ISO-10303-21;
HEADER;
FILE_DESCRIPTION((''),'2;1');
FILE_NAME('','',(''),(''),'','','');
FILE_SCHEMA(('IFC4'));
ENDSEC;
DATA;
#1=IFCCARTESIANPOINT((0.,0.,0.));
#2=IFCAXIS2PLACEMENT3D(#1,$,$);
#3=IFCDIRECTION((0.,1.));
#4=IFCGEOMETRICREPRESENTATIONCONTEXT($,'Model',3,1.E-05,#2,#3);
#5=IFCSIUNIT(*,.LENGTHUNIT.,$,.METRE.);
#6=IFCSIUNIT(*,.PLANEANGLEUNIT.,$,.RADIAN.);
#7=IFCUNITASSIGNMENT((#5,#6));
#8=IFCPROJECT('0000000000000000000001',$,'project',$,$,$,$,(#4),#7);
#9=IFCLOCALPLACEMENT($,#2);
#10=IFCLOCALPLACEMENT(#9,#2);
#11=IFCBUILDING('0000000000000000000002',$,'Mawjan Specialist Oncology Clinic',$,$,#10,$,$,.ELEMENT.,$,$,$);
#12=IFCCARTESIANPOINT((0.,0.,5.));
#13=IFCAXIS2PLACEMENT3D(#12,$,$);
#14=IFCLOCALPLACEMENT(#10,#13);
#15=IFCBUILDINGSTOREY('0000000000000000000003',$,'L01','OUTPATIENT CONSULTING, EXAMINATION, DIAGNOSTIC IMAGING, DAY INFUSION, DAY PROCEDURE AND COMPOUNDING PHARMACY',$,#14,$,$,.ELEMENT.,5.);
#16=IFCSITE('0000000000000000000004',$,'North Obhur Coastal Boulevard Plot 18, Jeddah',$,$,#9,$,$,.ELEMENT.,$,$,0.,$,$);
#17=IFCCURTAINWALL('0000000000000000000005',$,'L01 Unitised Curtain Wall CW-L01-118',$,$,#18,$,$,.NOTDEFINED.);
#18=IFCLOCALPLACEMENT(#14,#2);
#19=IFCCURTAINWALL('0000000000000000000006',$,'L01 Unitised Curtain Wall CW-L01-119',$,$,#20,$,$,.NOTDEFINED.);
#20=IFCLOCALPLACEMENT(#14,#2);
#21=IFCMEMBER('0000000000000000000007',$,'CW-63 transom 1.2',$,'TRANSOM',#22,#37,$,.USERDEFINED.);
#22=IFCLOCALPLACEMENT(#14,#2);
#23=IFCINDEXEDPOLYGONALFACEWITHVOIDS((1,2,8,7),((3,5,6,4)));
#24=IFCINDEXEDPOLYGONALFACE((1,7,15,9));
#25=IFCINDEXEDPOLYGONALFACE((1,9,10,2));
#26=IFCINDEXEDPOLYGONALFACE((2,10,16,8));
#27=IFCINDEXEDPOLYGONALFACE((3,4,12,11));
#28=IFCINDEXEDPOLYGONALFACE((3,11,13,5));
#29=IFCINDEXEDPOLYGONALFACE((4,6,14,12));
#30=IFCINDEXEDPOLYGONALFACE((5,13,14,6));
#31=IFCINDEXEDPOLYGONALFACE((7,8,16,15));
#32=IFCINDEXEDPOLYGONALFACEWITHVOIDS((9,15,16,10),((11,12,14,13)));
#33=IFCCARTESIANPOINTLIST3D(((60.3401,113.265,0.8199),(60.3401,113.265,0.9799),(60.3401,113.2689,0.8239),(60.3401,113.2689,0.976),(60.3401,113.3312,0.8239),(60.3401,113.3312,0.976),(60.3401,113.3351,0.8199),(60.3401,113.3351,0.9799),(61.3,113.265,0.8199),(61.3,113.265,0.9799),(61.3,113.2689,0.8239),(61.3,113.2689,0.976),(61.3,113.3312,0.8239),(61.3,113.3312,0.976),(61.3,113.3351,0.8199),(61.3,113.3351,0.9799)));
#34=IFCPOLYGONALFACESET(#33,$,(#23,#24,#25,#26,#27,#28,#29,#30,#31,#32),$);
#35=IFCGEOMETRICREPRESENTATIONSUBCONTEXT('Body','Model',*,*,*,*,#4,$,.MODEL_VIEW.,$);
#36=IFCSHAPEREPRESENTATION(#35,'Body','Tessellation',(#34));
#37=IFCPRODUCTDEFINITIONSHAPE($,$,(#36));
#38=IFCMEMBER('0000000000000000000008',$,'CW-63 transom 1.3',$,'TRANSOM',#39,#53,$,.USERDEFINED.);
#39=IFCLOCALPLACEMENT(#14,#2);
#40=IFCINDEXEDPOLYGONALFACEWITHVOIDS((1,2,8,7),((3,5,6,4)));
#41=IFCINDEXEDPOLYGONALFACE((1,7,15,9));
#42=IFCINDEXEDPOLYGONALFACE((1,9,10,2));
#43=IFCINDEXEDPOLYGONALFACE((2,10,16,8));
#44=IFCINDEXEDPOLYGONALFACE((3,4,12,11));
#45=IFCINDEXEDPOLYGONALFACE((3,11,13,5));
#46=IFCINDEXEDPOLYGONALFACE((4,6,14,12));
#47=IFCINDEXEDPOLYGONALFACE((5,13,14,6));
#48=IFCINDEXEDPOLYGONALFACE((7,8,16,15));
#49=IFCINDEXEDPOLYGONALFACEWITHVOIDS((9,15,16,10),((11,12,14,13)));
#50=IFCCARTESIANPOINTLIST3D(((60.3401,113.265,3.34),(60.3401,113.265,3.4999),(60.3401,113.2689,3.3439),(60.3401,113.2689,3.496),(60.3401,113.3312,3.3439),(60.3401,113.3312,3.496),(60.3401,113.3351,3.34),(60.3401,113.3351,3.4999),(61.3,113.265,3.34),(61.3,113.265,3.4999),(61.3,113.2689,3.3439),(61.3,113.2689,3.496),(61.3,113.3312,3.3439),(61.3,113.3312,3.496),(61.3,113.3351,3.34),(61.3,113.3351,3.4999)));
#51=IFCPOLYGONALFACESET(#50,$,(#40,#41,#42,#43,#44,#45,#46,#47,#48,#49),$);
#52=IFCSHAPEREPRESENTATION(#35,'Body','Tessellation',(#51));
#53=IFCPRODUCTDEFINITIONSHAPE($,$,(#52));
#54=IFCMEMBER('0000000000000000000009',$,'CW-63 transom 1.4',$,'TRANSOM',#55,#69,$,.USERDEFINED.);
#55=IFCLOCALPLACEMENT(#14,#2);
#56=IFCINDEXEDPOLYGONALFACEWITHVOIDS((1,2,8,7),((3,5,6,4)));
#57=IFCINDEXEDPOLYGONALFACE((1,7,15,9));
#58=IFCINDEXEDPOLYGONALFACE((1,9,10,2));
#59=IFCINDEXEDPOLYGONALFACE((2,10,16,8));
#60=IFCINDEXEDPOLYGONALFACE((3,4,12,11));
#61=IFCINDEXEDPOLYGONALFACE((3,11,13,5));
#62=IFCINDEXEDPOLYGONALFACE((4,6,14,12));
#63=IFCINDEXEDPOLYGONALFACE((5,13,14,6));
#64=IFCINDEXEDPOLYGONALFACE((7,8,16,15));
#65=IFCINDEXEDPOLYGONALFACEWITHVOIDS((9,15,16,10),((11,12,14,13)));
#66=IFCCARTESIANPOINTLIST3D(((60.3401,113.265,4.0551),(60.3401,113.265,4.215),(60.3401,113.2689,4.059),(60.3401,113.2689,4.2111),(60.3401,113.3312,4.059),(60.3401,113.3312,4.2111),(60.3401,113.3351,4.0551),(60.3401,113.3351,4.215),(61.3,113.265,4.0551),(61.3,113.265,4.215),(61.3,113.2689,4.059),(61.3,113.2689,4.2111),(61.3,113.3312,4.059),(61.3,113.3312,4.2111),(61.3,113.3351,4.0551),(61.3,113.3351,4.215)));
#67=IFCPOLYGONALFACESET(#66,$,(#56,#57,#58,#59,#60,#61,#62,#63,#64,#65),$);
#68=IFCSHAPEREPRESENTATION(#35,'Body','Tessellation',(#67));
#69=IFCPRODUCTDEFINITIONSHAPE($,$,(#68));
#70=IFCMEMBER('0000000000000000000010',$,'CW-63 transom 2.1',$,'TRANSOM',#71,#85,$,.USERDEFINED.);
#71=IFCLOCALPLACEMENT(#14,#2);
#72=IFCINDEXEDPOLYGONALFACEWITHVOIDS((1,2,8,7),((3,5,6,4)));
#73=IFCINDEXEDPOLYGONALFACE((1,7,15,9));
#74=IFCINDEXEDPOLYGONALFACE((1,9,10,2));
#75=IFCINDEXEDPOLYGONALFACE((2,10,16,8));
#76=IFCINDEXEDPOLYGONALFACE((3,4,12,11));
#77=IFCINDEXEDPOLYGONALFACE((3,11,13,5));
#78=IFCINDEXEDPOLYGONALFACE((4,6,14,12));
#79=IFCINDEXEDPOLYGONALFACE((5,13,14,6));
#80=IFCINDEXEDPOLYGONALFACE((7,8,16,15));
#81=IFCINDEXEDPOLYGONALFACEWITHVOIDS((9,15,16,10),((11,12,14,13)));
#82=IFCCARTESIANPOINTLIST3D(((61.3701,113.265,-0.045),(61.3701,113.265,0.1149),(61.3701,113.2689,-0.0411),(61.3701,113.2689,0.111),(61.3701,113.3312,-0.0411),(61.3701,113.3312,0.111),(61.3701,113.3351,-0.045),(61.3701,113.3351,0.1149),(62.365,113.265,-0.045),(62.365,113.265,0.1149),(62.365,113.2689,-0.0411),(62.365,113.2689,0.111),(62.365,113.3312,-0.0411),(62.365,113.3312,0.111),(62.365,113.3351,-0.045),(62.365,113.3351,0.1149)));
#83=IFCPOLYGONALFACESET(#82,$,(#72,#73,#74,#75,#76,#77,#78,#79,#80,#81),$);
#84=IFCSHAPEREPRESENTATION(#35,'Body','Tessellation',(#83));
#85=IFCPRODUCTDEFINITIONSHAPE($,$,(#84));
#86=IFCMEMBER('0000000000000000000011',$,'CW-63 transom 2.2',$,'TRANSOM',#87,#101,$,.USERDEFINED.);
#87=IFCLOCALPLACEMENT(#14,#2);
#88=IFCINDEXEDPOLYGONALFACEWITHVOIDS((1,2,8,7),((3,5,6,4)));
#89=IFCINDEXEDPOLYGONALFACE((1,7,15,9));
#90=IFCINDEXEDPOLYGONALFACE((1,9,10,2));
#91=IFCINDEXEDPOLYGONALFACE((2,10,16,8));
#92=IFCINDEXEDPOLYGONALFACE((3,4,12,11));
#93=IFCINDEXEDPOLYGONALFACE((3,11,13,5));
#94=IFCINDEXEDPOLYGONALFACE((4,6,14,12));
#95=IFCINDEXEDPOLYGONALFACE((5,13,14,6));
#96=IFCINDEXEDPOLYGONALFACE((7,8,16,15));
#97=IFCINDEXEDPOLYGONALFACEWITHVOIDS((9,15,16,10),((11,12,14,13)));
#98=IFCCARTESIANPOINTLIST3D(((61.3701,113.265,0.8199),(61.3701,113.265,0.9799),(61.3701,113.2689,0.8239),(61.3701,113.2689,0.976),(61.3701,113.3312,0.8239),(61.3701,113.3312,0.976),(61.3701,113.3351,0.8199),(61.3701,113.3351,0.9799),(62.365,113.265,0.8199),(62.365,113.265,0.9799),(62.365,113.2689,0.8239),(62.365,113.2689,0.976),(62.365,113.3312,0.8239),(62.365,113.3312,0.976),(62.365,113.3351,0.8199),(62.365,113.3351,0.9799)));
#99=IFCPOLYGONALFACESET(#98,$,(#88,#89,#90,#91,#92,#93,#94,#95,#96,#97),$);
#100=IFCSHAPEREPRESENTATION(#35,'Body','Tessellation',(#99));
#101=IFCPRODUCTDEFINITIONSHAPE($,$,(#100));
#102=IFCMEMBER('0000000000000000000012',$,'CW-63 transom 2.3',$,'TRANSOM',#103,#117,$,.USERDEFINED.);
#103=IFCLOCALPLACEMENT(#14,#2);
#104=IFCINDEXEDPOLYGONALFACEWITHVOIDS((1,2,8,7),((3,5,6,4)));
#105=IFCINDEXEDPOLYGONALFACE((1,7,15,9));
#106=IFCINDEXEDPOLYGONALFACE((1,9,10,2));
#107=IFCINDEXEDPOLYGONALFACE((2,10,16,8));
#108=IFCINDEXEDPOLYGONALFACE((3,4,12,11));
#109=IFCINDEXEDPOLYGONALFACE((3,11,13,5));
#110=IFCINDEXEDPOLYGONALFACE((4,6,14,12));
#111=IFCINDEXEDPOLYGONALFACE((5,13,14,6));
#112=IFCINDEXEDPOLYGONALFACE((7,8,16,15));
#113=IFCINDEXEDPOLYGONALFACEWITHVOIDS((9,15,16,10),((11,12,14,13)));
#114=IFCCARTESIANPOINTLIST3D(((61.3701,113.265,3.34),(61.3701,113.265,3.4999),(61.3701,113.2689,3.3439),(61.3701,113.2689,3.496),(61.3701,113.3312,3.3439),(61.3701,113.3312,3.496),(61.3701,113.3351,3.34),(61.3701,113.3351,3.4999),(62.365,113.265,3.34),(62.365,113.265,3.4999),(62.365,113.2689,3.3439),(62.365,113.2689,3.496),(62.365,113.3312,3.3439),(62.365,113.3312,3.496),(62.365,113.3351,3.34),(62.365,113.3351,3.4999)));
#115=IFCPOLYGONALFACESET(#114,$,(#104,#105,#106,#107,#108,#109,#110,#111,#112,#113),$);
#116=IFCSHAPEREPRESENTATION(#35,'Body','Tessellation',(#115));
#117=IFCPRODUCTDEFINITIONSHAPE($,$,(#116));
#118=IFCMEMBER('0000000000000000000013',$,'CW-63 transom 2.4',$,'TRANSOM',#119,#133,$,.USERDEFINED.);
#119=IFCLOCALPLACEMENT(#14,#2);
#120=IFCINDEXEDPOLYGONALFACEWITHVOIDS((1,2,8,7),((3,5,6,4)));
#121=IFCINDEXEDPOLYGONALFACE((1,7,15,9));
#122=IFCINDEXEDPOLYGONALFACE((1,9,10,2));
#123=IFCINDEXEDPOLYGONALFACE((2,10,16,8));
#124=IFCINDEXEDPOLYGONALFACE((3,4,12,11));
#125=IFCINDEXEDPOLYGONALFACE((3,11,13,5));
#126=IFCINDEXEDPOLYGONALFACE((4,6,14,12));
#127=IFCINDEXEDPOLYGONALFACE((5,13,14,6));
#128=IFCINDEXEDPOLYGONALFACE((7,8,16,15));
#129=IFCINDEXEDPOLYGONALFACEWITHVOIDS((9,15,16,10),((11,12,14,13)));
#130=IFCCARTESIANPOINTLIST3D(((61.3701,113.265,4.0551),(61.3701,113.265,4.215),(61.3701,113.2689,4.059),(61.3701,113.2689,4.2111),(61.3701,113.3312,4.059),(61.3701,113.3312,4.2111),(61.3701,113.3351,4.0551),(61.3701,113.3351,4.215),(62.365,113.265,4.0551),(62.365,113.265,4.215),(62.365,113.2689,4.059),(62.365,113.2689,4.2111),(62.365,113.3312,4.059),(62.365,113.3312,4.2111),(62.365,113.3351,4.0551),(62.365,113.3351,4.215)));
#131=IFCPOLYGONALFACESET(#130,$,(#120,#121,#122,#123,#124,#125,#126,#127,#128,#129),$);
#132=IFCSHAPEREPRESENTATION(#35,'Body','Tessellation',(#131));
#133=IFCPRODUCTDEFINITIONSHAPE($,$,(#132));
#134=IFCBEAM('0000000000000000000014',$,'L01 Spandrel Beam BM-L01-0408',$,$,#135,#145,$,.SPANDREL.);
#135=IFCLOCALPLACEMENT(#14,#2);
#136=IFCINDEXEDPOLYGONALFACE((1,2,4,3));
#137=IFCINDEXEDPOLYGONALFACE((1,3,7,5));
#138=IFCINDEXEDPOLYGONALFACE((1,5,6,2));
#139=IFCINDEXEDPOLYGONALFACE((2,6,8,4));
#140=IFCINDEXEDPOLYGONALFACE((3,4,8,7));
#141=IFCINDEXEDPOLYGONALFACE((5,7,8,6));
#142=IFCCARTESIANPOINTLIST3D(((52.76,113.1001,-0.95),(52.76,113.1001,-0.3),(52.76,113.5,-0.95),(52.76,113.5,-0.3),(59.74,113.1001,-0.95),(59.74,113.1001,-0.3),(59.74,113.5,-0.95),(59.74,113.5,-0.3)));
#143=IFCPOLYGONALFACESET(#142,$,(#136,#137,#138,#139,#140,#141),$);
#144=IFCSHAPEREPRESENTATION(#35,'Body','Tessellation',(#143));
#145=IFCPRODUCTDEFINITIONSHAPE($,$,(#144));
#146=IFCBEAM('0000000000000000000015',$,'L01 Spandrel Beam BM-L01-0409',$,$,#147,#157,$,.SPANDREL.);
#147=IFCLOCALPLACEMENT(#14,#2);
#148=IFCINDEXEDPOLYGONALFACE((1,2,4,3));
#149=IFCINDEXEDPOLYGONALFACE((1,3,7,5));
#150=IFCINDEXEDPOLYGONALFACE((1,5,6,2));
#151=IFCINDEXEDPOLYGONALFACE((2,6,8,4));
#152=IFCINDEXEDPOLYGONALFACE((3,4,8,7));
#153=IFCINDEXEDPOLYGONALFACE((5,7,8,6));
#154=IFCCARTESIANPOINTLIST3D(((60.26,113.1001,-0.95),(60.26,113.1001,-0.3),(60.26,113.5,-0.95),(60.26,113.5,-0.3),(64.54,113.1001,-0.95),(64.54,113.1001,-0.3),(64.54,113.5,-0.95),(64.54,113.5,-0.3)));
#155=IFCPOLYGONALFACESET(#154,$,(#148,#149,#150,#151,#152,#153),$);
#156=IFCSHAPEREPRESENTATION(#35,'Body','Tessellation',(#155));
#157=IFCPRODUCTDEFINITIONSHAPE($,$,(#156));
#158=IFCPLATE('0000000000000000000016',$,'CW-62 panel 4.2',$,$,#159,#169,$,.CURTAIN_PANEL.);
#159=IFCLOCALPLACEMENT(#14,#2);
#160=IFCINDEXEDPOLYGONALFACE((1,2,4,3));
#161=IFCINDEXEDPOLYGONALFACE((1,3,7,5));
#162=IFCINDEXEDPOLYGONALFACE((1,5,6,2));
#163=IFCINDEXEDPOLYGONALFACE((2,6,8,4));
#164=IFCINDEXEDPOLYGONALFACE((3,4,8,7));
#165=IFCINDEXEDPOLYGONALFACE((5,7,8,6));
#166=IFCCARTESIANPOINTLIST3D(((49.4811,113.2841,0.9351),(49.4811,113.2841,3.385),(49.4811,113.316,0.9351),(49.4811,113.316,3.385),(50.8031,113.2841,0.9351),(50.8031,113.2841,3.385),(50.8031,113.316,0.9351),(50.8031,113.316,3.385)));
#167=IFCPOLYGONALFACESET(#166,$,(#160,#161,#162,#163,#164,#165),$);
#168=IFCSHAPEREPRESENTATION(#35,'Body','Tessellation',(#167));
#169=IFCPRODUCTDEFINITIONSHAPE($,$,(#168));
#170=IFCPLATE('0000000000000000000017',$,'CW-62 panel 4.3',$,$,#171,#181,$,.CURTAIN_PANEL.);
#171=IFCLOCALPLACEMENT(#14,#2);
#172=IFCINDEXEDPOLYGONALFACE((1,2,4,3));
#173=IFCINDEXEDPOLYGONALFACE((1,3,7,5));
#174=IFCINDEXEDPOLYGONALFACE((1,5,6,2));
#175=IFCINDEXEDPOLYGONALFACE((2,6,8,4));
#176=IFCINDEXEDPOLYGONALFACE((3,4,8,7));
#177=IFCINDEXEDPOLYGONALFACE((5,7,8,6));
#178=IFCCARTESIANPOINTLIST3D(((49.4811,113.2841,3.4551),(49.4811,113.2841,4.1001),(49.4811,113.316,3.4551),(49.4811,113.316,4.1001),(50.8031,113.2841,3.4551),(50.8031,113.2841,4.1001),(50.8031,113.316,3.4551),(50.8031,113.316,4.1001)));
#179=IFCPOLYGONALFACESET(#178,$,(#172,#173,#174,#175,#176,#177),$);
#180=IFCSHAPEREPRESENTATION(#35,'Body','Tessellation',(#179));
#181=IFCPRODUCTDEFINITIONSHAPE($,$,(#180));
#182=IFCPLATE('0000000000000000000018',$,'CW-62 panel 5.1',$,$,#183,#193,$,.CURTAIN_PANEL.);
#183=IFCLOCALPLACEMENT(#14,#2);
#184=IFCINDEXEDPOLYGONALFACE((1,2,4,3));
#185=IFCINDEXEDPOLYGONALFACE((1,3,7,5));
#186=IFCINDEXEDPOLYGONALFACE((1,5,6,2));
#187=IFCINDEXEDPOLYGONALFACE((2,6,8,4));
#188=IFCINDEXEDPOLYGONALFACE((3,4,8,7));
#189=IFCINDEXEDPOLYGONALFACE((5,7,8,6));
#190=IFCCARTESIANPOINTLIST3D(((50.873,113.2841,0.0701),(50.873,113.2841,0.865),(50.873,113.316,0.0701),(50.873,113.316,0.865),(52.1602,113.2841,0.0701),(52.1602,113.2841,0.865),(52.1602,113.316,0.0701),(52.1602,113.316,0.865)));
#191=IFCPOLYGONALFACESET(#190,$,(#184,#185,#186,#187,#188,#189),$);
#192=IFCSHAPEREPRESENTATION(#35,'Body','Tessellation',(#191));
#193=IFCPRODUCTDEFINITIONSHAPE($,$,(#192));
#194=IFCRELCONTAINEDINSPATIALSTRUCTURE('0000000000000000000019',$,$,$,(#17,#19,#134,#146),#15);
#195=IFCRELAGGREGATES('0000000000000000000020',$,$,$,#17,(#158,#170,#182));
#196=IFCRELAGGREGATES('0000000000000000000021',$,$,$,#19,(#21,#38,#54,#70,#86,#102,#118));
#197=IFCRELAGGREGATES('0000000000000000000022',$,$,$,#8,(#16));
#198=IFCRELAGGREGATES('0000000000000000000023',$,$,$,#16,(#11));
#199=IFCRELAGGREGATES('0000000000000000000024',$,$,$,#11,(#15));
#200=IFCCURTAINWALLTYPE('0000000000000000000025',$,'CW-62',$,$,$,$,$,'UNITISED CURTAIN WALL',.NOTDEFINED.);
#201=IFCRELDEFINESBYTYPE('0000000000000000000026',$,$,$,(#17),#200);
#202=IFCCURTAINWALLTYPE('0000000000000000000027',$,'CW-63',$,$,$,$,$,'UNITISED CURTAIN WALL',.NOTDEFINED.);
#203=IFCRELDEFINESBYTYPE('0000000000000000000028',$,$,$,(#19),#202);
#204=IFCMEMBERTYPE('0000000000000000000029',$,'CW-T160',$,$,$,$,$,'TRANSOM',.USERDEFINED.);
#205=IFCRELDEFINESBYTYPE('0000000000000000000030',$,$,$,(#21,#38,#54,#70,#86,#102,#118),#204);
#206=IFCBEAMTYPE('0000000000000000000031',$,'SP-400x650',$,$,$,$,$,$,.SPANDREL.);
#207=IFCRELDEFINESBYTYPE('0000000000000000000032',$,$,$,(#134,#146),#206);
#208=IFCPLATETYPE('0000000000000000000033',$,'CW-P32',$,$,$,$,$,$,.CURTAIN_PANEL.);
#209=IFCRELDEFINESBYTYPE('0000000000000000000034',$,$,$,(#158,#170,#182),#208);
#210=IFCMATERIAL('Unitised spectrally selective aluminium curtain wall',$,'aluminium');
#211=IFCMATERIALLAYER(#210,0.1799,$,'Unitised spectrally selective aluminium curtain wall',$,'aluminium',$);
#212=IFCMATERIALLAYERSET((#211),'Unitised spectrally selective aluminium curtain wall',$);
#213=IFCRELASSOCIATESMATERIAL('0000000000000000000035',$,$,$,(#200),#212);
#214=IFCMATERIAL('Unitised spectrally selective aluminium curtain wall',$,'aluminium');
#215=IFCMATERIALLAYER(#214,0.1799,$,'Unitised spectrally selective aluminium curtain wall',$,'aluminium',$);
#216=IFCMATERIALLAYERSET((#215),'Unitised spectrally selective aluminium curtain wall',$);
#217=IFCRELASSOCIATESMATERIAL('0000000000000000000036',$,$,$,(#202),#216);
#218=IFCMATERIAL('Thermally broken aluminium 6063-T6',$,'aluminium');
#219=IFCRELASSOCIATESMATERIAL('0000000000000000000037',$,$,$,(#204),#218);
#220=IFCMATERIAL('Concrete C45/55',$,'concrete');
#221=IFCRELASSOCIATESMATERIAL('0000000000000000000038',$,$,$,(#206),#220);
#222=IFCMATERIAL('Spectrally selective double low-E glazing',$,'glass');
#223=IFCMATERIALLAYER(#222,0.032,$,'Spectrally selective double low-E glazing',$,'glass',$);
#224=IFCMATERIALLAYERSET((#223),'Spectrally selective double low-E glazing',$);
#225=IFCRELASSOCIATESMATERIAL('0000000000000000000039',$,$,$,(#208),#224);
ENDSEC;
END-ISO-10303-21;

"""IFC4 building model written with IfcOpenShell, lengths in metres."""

from ifc_helpers import new_model, si_unit, direction, frame, origin, origin_2d, place, context, subcontext, project, spatial, rectangle, hollow_rectangle, extrude, material, layer, layer_set, material_profile, profile_set, type_object, element, aggregate, save


model = new_model("IFC4")

# Units and contexts
model_context = context("Model", 3, precision=1e-05, world=origin(), true_north=direction((0.0, 1.0)))
body_context = subcontext(model_context, "Body", "Model", "MODEL_VIEW")
ifc_project = project(units=[si_unit("LENGTHUNIT", "METRE"), si_unit("PLANEANGLEUNIT", "RADIAN")], contexts=[model_context])

# Site, building, storey
site_placement = place(None, origin())
site = spatial("IfcSite", under=ifc_project, at=site_placement, Name="North Obhur Coastal Boulevard Plot 18, Jeddah", CompositionType="ELEMENT", RefElevation=0.0)
building_placement = place(site_placement, origin())
building = spatial("IfcBuilding", under=site, at=building_placement, Name="Mawjan Specialist Oncology Clinic", CompositionType="ELEMENT")
storey_placement = place(building_placement, frame((0.0, 0.0, 5.0)))
storey = spatial("IfcBuildingStorey", under=building, at=storey_placement, Name="L01", Description="OUTPATIENT CONSULTING, EXAMINATION, DIAGNOSTIC IMAGING, DAY INFUSION, DAY PROCEDURE AND COMPOUNDING PHARMACY", CompositionType="ELEMENT", Elevation=5.0)

# Curtain walls
ifc_material_1 = material(Name="Unitised spectrally selective aluminium curtain wall", Category="aluminium")
ifc_layer_1 = layer(ifc_material_1, 0.1799, Name="Unitised spectrally selective aluminium curtain wall", Category="aluminium")
ifc_layer_set_1 = layer_set([ifc_layer_1], Name="Unitised spectrally selective aluminium curtain wall")
curtain_wall_type_1 = type_object("IfcCurtainWallType", Name="CW-62", ElementType="UNITISED CURTAIN WALL", PredefinedType="NOTDEFINED", material=ifc_layer_set_1)
curtain_wall_1_placement = place(storey_placement, origin())
curtain_wall_1 = element("IfcCurtainWall", 1, at=curtain_wall_1_placement, inside=storey, type_object=curtain_wall_type_1, Name="L01 Unitised Curtain Wall CW-L01-118", PredefinedType="NOTDEFINED")
ifc_material_2 = material(Name="Unitised spectrally selective aluminium curtain wall", Category="aluminium")
ifc_layer_2 = layer(ifc_material_2, 0.1799, Name="Unitised spectrally selective aluminium curtain wall", Category="aluminium")
ifc_layer_set_2 = layer_set([ifc_layer_2], Name="Unitised spectrally selective aluminium curtain wall")
curtain_wall_type_2 = type_object("IfcCurtainWallType", Name="CW-63", ElementType="UNITISED CURTAIN WALL", PredefinedType="NOTDEFINED", material=ifc_layer_set_2)
curtain_wall_2_placement = place(storey_placement, origin())
curtain_wall_2 = element("IfcCurtainWall", 2, at=curtain_wall_2_placement, inside=storey, type_object=curtain_wall_type_2, Name="L01 Unitised Curtain Wall CW-L01-119", PredefinedType="NOTDEFINED")

# Members
ifc_material_3 = material(Name="Thermally broken aluminium 6063-T6", Category="aluminium")
ifc_material_profile_1 = material_profile(ifc_material_3, hollow_rectangle(XDim=0.0701, YDim=0.1599, WallThickness=0.0039, at=origin_2d()), Name="ALU TRANSOM 160x70x4", Category="aluminium")
ifc_profile_set_1 = profile_set([ifc_material_profile_1], Name="Thermally broken aluminium 6063-T6")
member_type_1 = type_object("IfcMemberType", Name="CW-T160", ElementType="TRANSOM", PredefinedType="USERDEFINED", material=ifc_profile_set_1)
member_1_placement = place(storey_placement, frame((60.3401, 113.3, 0.8999), z_axis=(1.0, 0.0, 0.0), x_axis=(0.0, 1.0, 0.0)))
member_1 = element("IfcMember", 3, at=member_1_placement, type_object=member_type_1, Name="CW-63 transom 1.2", ObjectType="TRANSOM", PredefinedType="USERDEFINED", context=body_context, shape_type="SweptSolid", body=[
    extrude(hollow_rectangle(XDim=0.0701, YDim=0.1599, WallThickness=0.0039, at=origin_2d()), origin(), (0.0, 0.0, 1.0), 0.96),
])
member_2_placement = place(storey_placement, frame((60.3401, 113.3, 3.4199), z_axis=(1.0, 0.0, 0.0), x_axis=(0.0, 1.0, 0.0)))
member_2 = element("IfcMember", 4, at=member_2_placement, type_object=member_type_1, Name="CW-63 transom 1.3", ObjectType="TRANSOM", PredefinedType="USERDEFINED", context=body_context, shape_type="SweptSolid", body=[
    extrude(hollow_rectangle(XDim=0.0701, YDim=0.1599, WallThickness=0.0039, at=origin_2d()), origin(), (0.0, 0.0, 1.0), 0.96),
])
member_3_placement = place(storey_placement, frame((60.3401, 113.3, 4.135), z_axis=(1.0, 0.0, 0.0), x_axis=(0.0, 1.0, 0.0)))
member_3 = element("IfcMember", 5, at=member_3_placement, type_object=member_type_1, Name="CW-63 transom 1.4", ObjectType="TRANSOM", PredefinedType="USERDEFINED", context=body_context, shape_type="SweptSolid", body=[
    extrude(hollow_rectangle(XDim=0.0701, YDim=0.1599, WallThickness=0.0039, at=origin_2d()), origin(), (0.0, 0.0, 1.0), 0.96),
])
member_4_placement = place(storey_placement, frame((61.3701, 113.3, 0.0349), z_axis=(1.0, 0.0, 0.0), x_axis=(0.0, 1.0, 0.0)))
member_4 = element("IfcMember", 6, at=member_4_placement, type_object=member_type_1, Name="CW-63 transom 2.1", ObjectType="TRANSOM", PredefinedType="USERDEFINED", context=body_context, shape_type="SweptSolid", body=[
    extrude(hollow_rectangle(XDim=0.0701, YDim=0.1599, WallThickness=0.0039, at=origin_2d()), origin(), (0.0, 0.0, 1.0), 0.9949),
])
member_5_placement = place(storey_placement, frame((61.3701, 113.3, 0.8999), z_axis=(1.0, 0.0, 0.0), x_axis=(0.0, 1.0, 0.0)))
member_5 = element("IfcMember", 7, at=member_5_placement, type_object=member_type_1, Name="CW-63 transom 2.2", ObjectType="TRANSOM", PredefinedType="USERDEFINED", context=body_context, shape_type="SweptSolid", body=[
    extrude(hollow_rectangle(XDim=0.0701, YDim=0.1599, WallThickness=0.0039, at=origin_2d()), origin(), (0.0, 0.0, 1.0), 0.9949),
])
member_6_placement = place(storey_placement, frame((61.3701, 113.3, 3.4199), z_axis=(1.0, 0.0, 0.0), x_axis=(0.0, 1.0, 0.0)))
member_6 = element("IfcMember", 8, at=member_6_placement, type_object=member_type_1, Name="CW-63 transom 2.3", ObjectType="TRANSOM", PredefinedType="USERDEFINED", context=body_context, shape_type="SweptSolid", body=[
    extrude(hollow_rectangle(XDim=0.0701, YDim=0.1599, WallThickness=0.0039, at=origin_2d()), origin(), (0.0, 0.0, 1.0), 0.9949),
])
member_7_placement = place(storey_placement, frame((61.3701, 113.3, 4.135), z_axis=(1.0, 0.0, 0.0), x_axis=(0.0, 1.0, 0.0)))
member_7 = element("IfcMember", 9, at=member_7_placement, type_object=member_type_1, Name="CW-63 transom 2.4", ObjectType="TRANSOM", PredefinedType="USERDEFINED", context=body_context, shape_type="SweptSolid", body=[
    extrude(hollow_rectangle(XDim=0.0701, YDim=0.1599, WallThickness=0.0039, at=origin_2d()), origin(), (0.0, 0.0, 1.0), 0.9949),
])

# Beams
ifc_material_4 = material(Name="Concrete C45/55", Category="concrete")
ifc_material_profile_2 = material_profile(ifc_material_4, rectangle(XDim=0.3999, YDim=0.6499, at=origin_2d()), Name="RC BM 400x650", Category="concrete")
ifc_profile_set_2 = profile_set([ifc_material_profile_2], Name="Concrete C45/55")
beam_type = type_object("IfcBeamType", Name="SP-400x650", PredefinedType="SPANDREL", material=ifc_profile_set_2)
beam_1_placement = place(storey_placement, frame((52.76, 113.3, -0.625), z_axis=(1.0, 0.0, 0.0), x_axis=(0.0, 1.0, 0.0)))
element("IfcBeam", 10, at=beam_1_placement, inside=storey, type_object=beam_type, Name="L01 Spandrel Beam BM-L01-0408", PredefinedType="SPANDREL", context=body_context, shape_type="SweptSolid", body=[
    extrude(rectangle(XDim=0.3999, YDim=0.6499, at=origin_2d()), origin(), (0.0, 0.0, 1.0), 6.98),
])
beam_2_placement = place(storey_placement, frame((60.26, 113.3, -0.625), z_axis=(1.0, 0.0, 0.0), x_axis=(0.0, 1.0, 0.0)))
element("IfcBeam", 11, at=beam_2_placement, inside=storey, type_object=beam_type, Name="L01 Spandrel Beam BM-L01-0409", PredefinedType="SPANDREL", context=body_context, shape_type="SweptSolid", body=[
    extrude(rectangle(XDim=0.3999, YDim=0.6499, at=origin_2d()), origin(), (0.0, 0.0, 1.0), 4.28),
])

# Plates
ifc_material_5 = material(Name="Spectrally selective double low-E glazing", Category="glass")
ifc_layer_3 = layer(ifc_material_5, 0.032, Name="Spectrally selective double low-E glazing", Category="glass")
ifc_layer_set_3 = layer_set([ifc_layer_3], Name="Spectrally selective double low-E glazing")
plate_type = type_object("IfcPlateType", Name="CW-P32", PredefinedType="CURTAIN_PANEL", material=ifc_layer_set_3)
plate_1_placement = place(storey_placement, frame((50.1421, 113.3, 0.9351), z_axis=(0.0, 0.0, 1.0), x_axis=(1.0, 0.0, 0.0)))
plate_1 = element("IfcPlate", 12, at=plate_1_placement, type_object=plate_type, Name="CW-62 panel 4.2", PredefinedType="CURTAIN_PANEL", context=body_context, shape_type="SweptSolid", body=[
    extrude(rectangle(XDim=1.322, YDim=0.032, at=origin_2d()), origin(), (0.0, 0.0, 1.0), 2.45),
])
plate_2_placement = place(storey_placement, frame((50.1421, 113.3, 3.4551), z_axis=(0.0, 0.0, 1.0), x_axis=(1.0, 0.0, 0.0)))
plate_2 = element("IfcPlate", 13, at=plate_2_placement, type_object=plate_type, Name="CW-62 panel 4.3", PredefinedType="CURTAIN_PANEL", context=body_context, shape_type="SweptSolid", body=[
    extrude(rectangle(XDim=1.322, YDim=0.032, at=origin_2d()), origin(), (0.0, 0.0, 1.0), 0.645),
])
plate_3_placement = place(storey_placement, frame((51.5166, 113.3, 0.0701), z_axis=(0.0, 0.0, 1.0), x_axis=(1.0, 0.0, 0.0)))
plate_3 = element("IfcPlate", 14, at=plate_3_placement, type_object=plate_type, Name="CW-62 panel 5.1", PredefinedType="CURTAIN_PANEL", context=body_context, shape_type="SweptSolid", body=[
    extrude(rectangle(XDim=1.2871, YDim=0.032, at=origin_2d()), origin(), (0.0, 0.0, 1.0), 0.7949),
])
aggregate(curtain_wall_1, [plate_1, plate_2, plate_3])
aggregate(curtain_wall_2, [member_1, member_2, member_3, member_4, member_5, member_6, member_7])

save(model, "model.ifc")
